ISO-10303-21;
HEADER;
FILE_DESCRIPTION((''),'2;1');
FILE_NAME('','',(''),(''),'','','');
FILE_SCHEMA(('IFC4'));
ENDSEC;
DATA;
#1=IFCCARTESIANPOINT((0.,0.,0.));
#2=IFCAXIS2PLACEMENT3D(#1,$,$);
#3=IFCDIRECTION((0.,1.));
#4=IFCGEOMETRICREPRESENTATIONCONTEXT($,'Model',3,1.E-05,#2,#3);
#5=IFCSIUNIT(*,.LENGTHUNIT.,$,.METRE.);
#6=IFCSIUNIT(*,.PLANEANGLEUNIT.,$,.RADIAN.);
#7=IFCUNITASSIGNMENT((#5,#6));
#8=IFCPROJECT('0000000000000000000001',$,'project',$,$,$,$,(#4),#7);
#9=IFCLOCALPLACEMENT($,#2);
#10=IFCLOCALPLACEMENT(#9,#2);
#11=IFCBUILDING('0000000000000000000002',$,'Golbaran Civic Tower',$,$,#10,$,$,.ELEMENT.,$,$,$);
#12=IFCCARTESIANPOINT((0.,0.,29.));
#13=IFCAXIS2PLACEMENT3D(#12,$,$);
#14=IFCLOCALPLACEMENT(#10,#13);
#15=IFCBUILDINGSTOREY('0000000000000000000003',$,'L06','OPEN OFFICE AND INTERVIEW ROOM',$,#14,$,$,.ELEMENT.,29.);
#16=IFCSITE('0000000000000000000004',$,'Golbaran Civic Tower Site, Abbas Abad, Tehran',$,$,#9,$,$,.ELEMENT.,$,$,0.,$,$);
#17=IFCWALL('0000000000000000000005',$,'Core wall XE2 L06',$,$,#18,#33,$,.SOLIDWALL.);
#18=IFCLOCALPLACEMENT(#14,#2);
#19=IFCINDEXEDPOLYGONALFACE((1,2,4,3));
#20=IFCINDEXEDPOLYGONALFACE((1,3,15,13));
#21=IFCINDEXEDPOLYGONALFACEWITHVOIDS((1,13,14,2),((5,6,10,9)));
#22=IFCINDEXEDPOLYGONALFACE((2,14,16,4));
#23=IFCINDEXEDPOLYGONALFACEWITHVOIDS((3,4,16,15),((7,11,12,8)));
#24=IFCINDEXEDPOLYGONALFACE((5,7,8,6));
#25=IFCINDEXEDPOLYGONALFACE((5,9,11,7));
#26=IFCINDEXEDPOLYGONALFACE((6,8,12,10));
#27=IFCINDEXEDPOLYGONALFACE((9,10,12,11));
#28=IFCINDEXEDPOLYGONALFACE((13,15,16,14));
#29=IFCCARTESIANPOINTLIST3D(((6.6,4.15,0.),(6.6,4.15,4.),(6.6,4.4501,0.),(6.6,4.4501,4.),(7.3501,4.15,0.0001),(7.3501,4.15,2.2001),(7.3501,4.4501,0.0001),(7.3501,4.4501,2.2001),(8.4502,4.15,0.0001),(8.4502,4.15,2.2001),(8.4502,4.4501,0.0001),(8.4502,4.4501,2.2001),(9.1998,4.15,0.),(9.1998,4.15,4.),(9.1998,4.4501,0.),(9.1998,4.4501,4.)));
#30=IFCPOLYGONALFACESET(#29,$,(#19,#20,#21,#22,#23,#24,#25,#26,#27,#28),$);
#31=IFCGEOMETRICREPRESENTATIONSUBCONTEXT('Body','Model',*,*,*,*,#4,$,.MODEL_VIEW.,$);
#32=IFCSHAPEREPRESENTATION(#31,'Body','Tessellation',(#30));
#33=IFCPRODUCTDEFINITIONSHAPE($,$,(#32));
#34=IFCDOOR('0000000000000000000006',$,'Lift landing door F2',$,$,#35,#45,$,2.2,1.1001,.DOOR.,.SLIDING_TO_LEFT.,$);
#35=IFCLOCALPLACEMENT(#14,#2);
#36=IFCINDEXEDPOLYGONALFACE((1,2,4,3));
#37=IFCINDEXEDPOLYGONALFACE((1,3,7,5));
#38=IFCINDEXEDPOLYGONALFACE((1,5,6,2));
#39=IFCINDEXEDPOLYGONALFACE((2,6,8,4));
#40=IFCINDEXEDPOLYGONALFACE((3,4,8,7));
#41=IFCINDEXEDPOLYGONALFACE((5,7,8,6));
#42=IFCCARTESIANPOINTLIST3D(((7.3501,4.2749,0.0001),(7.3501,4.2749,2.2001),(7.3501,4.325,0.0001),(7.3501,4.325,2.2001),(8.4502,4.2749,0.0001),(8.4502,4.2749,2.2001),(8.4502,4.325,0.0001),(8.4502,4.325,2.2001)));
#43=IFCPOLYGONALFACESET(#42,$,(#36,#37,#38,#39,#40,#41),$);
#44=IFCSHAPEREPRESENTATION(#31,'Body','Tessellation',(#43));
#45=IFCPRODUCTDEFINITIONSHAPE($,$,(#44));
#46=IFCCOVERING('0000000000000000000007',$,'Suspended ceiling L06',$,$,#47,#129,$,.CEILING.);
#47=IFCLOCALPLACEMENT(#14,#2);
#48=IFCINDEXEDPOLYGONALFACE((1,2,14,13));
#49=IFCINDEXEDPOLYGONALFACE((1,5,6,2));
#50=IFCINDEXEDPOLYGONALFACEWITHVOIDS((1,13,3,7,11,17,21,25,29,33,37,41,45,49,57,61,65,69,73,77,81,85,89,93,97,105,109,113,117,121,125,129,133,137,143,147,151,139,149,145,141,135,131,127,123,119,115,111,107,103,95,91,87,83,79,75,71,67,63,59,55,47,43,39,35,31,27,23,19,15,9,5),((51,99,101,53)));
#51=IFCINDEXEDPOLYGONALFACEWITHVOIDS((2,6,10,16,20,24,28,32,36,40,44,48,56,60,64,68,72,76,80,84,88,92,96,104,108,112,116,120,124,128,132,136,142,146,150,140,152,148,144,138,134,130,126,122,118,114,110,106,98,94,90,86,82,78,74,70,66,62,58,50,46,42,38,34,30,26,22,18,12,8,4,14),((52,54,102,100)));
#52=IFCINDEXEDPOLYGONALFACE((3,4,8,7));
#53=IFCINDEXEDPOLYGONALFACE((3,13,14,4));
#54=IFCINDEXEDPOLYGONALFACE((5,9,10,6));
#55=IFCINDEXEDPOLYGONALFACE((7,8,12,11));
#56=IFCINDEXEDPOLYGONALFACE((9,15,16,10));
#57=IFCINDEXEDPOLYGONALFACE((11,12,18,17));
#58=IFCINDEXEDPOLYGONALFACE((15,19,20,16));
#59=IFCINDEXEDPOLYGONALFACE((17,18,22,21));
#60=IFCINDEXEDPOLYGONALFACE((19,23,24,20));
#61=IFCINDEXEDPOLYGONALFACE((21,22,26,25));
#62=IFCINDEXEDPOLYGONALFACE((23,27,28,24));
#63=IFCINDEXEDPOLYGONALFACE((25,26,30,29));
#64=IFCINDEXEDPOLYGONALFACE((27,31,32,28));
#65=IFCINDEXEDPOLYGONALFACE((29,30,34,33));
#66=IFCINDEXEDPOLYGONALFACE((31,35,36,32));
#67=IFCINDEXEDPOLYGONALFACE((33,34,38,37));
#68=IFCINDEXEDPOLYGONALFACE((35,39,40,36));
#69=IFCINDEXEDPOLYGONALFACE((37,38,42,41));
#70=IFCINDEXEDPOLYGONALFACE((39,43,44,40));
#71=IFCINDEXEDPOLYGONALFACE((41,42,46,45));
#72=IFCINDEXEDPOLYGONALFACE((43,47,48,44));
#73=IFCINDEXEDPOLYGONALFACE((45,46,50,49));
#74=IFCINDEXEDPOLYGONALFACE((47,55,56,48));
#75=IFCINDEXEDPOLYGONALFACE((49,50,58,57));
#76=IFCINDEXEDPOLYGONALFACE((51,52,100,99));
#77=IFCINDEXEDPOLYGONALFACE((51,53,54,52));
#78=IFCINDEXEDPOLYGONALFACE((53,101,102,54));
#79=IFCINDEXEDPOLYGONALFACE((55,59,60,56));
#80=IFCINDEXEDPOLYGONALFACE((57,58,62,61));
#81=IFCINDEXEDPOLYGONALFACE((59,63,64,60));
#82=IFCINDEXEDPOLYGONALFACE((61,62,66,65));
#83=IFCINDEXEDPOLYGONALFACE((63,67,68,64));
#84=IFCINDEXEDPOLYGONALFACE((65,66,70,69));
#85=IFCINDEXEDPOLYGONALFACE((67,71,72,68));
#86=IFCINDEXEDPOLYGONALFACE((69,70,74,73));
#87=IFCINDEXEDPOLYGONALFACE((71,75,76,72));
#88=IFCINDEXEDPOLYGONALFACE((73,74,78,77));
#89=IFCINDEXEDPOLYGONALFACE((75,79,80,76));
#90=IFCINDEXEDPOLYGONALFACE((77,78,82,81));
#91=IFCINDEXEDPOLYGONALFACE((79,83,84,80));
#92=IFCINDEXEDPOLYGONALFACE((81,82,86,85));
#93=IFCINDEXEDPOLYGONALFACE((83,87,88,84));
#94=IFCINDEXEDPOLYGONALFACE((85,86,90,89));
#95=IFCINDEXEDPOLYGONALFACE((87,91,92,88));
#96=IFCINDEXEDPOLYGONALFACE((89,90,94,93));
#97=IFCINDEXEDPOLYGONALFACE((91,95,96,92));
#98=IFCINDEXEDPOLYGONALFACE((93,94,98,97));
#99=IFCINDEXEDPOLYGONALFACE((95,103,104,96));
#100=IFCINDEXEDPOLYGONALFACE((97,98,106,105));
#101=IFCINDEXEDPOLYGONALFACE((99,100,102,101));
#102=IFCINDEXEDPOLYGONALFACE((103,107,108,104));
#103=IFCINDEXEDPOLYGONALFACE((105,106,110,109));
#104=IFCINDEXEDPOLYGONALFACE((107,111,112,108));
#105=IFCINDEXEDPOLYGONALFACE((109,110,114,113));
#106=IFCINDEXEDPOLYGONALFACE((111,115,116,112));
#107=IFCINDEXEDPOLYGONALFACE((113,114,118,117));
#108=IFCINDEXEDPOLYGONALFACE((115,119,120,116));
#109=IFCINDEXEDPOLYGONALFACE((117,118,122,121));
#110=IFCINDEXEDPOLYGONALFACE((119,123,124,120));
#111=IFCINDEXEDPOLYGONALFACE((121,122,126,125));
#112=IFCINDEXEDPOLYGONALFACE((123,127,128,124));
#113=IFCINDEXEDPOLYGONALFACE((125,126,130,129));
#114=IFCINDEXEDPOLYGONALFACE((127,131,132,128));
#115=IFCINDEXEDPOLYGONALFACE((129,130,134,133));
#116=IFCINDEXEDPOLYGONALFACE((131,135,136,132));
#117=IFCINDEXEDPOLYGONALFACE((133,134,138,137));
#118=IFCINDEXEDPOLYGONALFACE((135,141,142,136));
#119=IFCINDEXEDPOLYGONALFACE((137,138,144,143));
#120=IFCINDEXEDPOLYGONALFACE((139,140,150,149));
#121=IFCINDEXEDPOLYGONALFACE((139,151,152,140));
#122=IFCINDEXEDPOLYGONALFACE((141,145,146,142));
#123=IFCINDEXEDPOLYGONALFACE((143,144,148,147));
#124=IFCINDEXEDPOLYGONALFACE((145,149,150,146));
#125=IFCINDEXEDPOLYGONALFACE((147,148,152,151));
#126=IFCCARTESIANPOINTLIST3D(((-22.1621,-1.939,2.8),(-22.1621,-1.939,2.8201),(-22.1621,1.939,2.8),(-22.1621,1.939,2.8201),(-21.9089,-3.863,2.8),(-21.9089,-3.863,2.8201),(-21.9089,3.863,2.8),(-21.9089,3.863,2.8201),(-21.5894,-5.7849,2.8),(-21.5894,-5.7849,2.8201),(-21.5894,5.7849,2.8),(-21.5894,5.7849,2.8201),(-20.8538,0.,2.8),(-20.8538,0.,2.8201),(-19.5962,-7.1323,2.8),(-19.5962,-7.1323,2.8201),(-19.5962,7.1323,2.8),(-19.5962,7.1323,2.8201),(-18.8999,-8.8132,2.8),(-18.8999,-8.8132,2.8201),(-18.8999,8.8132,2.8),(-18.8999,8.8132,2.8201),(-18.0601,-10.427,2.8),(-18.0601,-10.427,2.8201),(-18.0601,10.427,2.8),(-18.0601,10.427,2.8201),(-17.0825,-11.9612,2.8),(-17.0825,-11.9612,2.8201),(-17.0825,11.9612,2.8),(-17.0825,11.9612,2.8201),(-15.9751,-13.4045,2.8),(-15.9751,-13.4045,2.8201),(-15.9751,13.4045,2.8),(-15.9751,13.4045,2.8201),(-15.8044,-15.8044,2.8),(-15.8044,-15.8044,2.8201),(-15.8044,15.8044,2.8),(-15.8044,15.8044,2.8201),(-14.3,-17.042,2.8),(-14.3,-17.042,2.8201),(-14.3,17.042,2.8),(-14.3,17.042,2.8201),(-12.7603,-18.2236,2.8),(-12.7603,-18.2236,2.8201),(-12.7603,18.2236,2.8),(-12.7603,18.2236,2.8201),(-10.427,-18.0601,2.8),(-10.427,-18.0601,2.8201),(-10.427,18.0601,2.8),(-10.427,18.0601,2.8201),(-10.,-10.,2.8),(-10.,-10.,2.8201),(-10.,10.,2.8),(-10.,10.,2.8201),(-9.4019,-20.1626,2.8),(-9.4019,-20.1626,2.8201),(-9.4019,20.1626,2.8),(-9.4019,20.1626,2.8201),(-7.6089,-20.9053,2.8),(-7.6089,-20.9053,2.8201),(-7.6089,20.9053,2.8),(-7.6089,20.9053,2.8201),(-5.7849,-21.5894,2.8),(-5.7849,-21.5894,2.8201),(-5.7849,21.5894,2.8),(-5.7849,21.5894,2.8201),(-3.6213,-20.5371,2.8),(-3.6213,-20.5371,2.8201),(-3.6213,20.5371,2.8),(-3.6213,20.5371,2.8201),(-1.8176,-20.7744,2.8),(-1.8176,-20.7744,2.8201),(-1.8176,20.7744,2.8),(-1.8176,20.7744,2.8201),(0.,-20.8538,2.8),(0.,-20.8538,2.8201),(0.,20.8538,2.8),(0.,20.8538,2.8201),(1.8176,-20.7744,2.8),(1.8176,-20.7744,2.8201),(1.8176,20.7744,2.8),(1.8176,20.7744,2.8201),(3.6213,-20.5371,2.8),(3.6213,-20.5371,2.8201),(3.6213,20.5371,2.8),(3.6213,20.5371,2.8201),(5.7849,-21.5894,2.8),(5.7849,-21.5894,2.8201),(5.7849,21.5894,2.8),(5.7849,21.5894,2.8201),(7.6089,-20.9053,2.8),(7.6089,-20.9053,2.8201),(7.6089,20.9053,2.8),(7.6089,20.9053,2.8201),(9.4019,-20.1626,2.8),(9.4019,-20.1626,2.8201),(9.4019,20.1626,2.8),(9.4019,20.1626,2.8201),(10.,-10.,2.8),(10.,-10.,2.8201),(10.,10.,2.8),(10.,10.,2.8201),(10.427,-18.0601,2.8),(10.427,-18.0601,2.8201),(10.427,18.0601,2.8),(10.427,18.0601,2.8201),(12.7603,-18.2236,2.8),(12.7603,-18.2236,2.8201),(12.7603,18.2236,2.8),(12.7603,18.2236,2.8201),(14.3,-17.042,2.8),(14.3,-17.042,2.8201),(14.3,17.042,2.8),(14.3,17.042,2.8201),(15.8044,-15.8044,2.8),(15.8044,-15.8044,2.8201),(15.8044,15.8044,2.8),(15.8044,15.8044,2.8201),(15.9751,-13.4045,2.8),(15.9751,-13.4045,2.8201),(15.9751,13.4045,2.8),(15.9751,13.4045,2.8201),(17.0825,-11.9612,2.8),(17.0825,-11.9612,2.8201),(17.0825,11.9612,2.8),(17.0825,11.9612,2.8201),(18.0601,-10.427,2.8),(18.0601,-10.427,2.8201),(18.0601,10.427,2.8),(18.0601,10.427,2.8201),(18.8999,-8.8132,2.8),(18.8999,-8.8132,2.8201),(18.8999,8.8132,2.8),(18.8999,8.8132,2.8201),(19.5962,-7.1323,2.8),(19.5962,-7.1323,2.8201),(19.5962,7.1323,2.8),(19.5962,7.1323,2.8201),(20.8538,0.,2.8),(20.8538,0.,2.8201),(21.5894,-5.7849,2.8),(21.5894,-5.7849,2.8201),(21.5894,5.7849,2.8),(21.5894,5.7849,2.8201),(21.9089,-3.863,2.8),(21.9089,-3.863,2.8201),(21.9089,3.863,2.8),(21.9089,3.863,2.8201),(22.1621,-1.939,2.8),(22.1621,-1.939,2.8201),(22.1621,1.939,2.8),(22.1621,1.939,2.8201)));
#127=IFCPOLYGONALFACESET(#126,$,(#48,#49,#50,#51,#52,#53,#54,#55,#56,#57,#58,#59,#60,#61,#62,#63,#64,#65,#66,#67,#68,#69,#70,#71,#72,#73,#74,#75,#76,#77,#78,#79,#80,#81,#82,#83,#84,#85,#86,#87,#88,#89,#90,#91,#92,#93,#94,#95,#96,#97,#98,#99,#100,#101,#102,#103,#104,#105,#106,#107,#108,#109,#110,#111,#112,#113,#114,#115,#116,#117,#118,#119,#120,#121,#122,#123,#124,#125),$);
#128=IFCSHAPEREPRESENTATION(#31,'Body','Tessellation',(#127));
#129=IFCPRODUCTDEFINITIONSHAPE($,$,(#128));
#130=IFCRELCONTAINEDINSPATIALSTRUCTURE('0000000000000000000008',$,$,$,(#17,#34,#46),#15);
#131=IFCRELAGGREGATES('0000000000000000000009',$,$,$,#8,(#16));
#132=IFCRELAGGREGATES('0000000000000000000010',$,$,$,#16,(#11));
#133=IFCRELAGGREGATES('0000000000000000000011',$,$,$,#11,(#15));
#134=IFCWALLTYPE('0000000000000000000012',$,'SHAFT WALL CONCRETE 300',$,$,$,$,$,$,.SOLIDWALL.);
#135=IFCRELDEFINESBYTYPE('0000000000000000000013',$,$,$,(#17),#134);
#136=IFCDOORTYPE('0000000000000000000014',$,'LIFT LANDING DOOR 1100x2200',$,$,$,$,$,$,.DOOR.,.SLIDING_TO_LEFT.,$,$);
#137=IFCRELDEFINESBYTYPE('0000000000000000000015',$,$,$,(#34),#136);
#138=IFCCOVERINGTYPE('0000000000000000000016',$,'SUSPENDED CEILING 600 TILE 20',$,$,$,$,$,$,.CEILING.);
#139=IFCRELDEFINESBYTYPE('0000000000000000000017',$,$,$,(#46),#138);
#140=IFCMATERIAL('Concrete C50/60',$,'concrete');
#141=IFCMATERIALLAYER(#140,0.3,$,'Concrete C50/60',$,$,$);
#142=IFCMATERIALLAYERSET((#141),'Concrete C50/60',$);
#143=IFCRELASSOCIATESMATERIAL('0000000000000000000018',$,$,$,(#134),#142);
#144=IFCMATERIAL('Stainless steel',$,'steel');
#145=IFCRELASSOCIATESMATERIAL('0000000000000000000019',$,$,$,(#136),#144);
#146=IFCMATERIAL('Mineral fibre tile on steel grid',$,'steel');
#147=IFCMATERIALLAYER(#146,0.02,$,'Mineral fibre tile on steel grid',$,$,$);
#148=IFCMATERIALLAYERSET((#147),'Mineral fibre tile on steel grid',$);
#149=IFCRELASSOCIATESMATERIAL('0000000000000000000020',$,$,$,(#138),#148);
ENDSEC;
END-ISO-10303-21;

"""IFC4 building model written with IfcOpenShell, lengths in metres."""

from ifc_helpers import new_model, si_unit, direction, frame, frame_2d, origin, place, context, subcontext, project, spatial, polyline, rectangle, outline, extrude, material, layer, layer_set, type_object, element, fill, save


model = new_model("IFC4")

# Units and contexts
model_context = context("Model", 3, precision=1e-05, world=origin(), true_north=direction((0.0, 1.0)))
body_context = subcontext(model_context, "Body", "Model", "MODEL_VIEW")
ifc_project = project(units=[si_unit("LENGTHUNIT", "METRE"), si_unit("PLANEANGLEUNIT", "RADIAN")], contexts=[model_context])

# Site, building, storey
site_placement = place(None, origin())
site = spatial("IfcSite", under=ifc_project, at=site_placement, Name="Golbaran Civic Tower Site, Abbas Abad, Tehran", CompositionType="ELEMENT", RefElevation=0.0)
building_placement = place(site_placement, origin())
building = spatial("IfcBuilding", under=site, at=building_placement, Name="Golbaran Civic Tower", CompositionType="ELEMENT")
storey_placement = place(building_placement, frame((0.0, 0.0, 29.0)))
storey = spatial("IfcBuildingStorey", under=building, at=storey_placement, Name="L06", Description="OPEN OFFICE AND INTERVIEW ROOM", CompositionType="ELEMENT", Elevation=29.0)

# Shared definitions
ifc_material_1 = material(Name="Concrete C50/60", Category="concrete")
ifc_layer_1 = layer(ifc_material_1, 0.3, Name="Concrete C50/60")
ifc_layer_set_1 = layer_set([ifc_layer_1], Name="Concrete C50/60")
wall_type_1 = type_object("IfcWallType", Name="SHAFT WALL CONCRETE 300", PredefinedType="SOLIDWALL", material=ifc_layer_set_1)
ifc_material_2 = material(Name="Stainless steel", Category="steel")
door_type_1 = type_object("IfcDoorType", Name="LIFT LANDING DOOR 1100x2200", OperationType="SLIDING_TO_LEFT", PredefinedType="DOOR", material=ifc_material_2)

# Wall, opening, door
wall_1_placement = place(storey_placement, frame((6.6001, 4.3, 0.0), z_axis=(0.0, 0.0, 1.0), x_axis=(1.0, 0.0, 0.0)))
wall_1 = element("IfcWall", 1, at=wall_1_placement, inside=storey, type_object=wall_type_1, Name="Core wall XE2 L06", PredefinedType="SOLIDWALL", context=body_context, shape_type="SweptSolid", body=[
    extrude(rectangle(XDim=2.5999, YDim=0.3, at=frame_2d((1.2998, 0.0))), origin(), (0.0, 0.0, 1.0), 4.0),
])
opening_1_placement = place(wall_1_placement, frame((0.75, 0.0, 0.0)))
opening_1 = element("IfcOpeningElement", 2, at=opening_1_placement, cuts=wall_1, PredefinedType="OPENING", context=body_context, shape_type="SweptSolid", body=[
    extrude(rectangle(XDim=1.1001, YDim=2.2, at=frame_2d((0.55, 1.1001))), frame((0.0, 0.1599, 0.0), z_axis=(0.0, -1.0, 0.0), x_axis=(1.0, 0.0, 0.0)), (0.0, 0.0, 1.0), 0.3201),
])
door_1_placement = place(opening_1_placement, origin())
door_1 = element("IfcDoor", 3, at=door_1_placement, inside=storey, type_object=door_type_1, Name="Lift landing door F2", OperationType="SLIDING_TO_LEFT", OverallHeight=2.2, OverallWidth=1.1001, PredefinedType="DOOR", context=body_context, shape_type="SweptSolid", body=[
    extrude(rectangle(XDim=1.1001, YDim=2.2, at=frame_2d((0.55, 1.1001))), frame((0.0, 0.0249, 0.0), z_axis=(0.0, -1.0, 0.0), x_axis=(1.0, 0.0, 0.0)), (0.0, 0.0, 1.0), 0.05),
])
fill(opening_1, door_1)

# Covering
ifc_material_3 = material(Name="Mineral fibre tile on steel grid", Category="steel")
ifc_layer_2 = layer(ifc_material_3, 0.02, Name="Mineral fibre tile on steel grid")
ifc_layer_set_2 = layer_set([ifc_layer_2], Name="Mineral fibre tile on steel grid")
covering_type = type_object("IfcCoveringType", Name="SUSPENDED CEILING 600 TILE 20", PredefinedType="CEILING", material=ifc_layer_set_2)
covering_placement = place(storey_placement, frame((0.0, 0.0, 2.8)))
element("IfcCovering", 4, at=covering_placement, inside=storey, type_object=covering_type, Name="Suspended ceiling L06", PredefinedType="CEILING", context=body_context, shape_type="SweptSolid", body=[
    extrude(outline(polyline([(-19.5962, -7.1323), (-21.5894, -5.7849), (-21.9089, -3.863), (-22.1621, -1.939), (-20.8538, 0.0), (-22.1621, 1.939), (-21.9089, 3.863), (-21.5894, 5.7849), (-19.5962, 7.1323), (-18.8999, 8.8132), (-18.0601, 10.427), (-17.0825, 11.9612), (-15.9751, 13.4045), (-15.8044, 15.8044), (-14.3, 17.042), (-12.7603, 18.2236), (-10.427, 18.0601), (-9.4019, 20.1626), (-7.6089, 20.9053), (-5.7849, 21.5894), (-3.6213, 20.5371), (-1.8176, 20.7744), (0.0, 20.8538), (1.8176, 20.7744), (3.6213, 20.5371), (5.7849, 21.5894), (7.6089, 20.9053), (9.4019, 20.1626), (10.427, 18.0601), (12.7603, 18.2236), (14.3, 17.042), (15.8044, 15.8044), (15.9751, 13.4045), (17.0825, 11.9612), (18.0601, 10.427), (18.8999, 8.8132), (19.5962, 7.1323), (21.5894, 5.7849), (21.9089, 3.863), (22.1621, 1.939), (20.8538, 0.0), (22.1621, -1.939), (21.9089, -3.863), (21.5894, -5.7849), (19.5962, -7.1323), (18.8999, -8.8132), (18.0601, -10.427), (17.0825, -11.9612), (15.9751, -13.4045), (15.8044, -15.8044), (14.3, -17.042), (12.7603, -18.2236), (10.427, -18.0601), (9.4019, -20.1626), (7.6089, -20.9053), (5.7849, -21.5894), (3.6213, -20.5371), (1.8176, -20.7744), (0.0, -20.8538), (-1.8176, -20.7744), (-3.6213, -20.5371), (-5.7849, -21.5894), (-7.6089, -20.9053), (-9.4019, -20.1626), (-10.427, -18.0601), (-12.7603, -18.2236), (-14.3, -17.042), (-15.8044, -15.8044), (-15.9751, -13.4045), (-17.0825, -11.9612), (-18.0601, -10.427), (-18.8999, -8.8132), (-19.5962, -7.1323)]), holes=[polyline([(-10.0, 10.0), (-10.0, -10.0), (10.0, -10.0), (10.0, 10.0), (-10.0, 10.0)])]), origin(), (0.0, 0.0, 1.0), 0.02),
])

save(model, "model.ifc")
